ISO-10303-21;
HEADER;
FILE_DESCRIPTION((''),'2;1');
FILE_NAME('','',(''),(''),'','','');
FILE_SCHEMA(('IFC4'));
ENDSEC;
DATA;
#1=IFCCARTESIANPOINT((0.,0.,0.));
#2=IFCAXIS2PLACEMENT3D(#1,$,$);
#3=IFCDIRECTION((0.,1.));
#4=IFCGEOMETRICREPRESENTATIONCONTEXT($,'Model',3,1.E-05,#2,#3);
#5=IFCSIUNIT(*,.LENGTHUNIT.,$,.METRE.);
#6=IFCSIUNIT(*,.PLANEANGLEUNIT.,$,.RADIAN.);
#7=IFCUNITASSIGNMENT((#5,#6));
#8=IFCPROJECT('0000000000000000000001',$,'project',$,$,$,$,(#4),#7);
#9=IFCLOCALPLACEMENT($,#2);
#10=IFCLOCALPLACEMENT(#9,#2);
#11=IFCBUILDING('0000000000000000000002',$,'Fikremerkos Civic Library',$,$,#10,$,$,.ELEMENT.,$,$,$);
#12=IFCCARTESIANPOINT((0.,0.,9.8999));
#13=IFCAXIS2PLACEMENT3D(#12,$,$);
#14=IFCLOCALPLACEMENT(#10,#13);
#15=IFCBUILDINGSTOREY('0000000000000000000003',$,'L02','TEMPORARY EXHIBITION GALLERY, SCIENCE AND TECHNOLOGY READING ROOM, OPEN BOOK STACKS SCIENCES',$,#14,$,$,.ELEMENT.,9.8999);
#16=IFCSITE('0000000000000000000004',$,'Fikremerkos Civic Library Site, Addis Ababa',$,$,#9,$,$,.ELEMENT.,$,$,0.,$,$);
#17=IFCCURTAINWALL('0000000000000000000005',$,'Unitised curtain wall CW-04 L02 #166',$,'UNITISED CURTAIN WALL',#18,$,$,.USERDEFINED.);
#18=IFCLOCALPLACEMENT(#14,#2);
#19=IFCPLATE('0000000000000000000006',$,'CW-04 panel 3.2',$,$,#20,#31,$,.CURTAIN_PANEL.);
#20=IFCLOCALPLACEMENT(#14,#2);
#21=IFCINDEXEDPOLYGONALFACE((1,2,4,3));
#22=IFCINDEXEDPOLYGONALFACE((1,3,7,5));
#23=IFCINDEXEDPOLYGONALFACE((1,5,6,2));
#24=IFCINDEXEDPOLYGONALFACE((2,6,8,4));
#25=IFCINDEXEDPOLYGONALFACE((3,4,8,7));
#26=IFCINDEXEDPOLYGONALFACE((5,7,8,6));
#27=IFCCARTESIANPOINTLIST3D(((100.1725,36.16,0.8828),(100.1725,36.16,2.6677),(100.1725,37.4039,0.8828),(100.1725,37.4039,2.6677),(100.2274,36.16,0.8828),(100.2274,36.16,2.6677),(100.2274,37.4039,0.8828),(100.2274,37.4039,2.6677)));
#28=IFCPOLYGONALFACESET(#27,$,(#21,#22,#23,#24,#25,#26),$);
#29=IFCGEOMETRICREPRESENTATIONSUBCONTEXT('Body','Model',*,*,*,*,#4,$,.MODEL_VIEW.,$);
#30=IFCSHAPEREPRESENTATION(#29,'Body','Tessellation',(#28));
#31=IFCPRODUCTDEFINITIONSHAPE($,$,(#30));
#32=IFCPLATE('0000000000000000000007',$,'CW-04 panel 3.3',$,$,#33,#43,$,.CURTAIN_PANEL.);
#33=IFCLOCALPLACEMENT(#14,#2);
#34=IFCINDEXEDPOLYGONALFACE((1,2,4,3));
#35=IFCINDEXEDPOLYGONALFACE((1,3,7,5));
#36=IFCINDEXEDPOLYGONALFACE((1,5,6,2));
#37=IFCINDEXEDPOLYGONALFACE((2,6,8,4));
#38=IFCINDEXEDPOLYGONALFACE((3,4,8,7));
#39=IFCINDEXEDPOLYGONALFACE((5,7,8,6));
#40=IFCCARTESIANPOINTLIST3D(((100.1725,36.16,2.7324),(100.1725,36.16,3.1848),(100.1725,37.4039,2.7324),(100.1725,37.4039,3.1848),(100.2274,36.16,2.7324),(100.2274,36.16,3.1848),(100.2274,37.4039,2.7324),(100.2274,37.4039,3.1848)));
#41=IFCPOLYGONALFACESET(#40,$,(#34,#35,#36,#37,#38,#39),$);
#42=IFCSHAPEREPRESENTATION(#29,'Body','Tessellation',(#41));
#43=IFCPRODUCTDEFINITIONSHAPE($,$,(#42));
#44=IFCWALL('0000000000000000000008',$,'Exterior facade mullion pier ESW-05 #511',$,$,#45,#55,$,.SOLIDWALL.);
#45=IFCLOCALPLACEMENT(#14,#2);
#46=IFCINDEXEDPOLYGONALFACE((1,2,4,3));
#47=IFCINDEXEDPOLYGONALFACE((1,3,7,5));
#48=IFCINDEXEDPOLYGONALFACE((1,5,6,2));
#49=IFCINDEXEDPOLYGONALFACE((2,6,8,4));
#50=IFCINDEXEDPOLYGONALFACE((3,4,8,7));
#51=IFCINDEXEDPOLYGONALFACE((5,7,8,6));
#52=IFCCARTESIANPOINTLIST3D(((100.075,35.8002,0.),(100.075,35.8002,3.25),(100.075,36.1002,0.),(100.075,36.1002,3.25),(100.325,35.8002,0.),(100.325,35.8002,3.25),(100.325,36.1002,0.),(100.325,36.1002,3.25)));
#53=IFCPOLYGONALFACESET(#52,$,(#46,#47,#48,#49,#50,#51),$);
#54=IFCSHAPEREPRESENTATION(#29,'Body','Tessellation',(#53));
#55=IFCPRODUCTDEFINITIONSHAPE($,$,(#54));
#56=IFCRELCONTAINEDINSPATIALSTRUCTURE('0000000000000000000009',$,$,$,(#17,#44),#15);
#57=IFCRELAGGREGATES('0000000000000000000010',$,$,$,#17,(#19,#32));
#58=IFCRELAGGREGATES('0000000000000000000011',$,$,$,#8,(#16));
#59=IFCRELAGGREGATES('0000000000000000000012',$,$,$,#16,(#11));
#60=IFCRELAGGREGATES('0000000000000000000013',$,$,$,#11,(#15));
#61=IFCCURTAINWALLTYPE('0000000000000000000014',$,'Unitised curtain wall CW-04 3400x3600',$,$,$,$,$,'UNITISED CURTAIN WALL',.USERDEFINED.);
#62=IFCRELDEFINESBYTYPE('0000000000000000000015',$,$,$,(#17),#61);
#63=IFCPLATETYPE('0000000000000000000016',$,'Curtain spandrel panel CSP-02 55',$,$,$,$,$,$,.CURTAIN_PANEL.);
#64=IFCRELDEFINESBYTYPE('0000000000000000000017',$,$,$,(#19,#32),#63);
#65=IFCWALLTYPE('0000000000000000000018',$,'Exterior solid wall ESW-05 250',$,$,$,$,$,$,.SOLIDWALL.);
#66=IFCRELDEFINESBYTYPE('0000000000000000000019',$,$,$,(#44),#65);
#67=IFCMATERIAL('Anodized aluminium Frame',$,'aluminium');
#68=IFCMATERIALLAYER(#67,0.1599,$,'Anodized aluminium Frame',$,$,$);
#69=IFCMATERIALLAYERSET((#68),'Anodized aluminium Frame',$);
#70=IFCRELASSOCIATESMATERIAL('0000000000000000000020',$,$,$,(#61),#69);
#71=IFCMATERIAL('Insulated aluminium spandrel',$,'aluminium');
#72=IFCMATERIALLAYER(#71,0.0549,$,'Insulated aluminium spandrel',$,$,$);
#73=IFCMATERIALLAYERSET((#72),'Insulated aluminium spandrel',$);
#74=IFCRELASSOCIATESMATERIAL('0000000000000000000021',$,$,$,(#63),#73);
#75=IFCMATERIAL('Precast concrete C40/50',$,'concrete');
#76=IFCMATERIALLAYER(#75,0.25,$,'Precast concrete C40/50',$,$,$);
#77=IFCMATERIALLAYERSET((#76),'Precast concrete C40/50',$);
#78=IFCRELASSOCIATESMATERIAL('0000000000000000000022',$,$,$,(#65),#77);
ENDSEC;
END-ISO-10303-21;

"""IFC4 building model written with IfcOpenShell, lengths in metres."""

from ifc_helpers import new_model, si_unit, direction, frame, frame_2d, origin, origin_2d, place, context, subcontext, project, spatial, rectangle, extrude, material, layer, layer_set, type_object, element, aggregate, save


model = new_model("IFC4")

# Units and contexts
model_context = context("Model", 3, precision=1e-05, world=origin(), true_north=direction((0.0, 1.0)))
body_context = subcontext(model_context, "Body", "Model", "MODEL_VIEW")
ifc_project = project(units=[si_unit("LENGTHUNIT", "METRE"), si_unit("PLANEANGLEUNIT", "RADIAN")], contexts=[model_context])

# Site, building, storey
site_placement = place(None, origin())
site = spatial("IfcSite", under=ifc_project, at=site_placement, Name="Fikremerkos Civic Library Site, Addis Ababa", CompositionType="ELEMENT", RefElevation=0.0)
building_placement = place(site_placement, origin())
building = spatial("IfcBuilding", under=site, at=building_placement, Name="Fikremerkos Civic Library", CompositionType="ELEMENT")
storey_placement = place(building_placement, frame((0.0, 0.0, 9.8999)))
storey = spatial("IfcBuildingStorey", under=building, at=storey_placement, Name="L02", Description="TEMPORARY EXHIBITION GALLERY, SCIENCE AND TECHNOLOGY READING ROOM, OPEN BOOK STACKS SCIENCES", CompositionType="ELEMENT", Elevation=9.8999)

# Shared definitions
ifc_material_1 = material(Name="Anodized aluminium Frame", Category="aluminium")

# Curtain wall
ifc_layer_1 = layer(ifc_material_1, 0.1599, Name="Anodized aluminium Frame")
ifc_layer_set_1 = layer_set([ifc_layer_1], Name="Anodized aluminium Frame")
curtain_wall_type_1 = type_object("IfcCurtainWallType", Name="Unitised curtain wall CW-04 3400x3600", ElementType="UNITISED CURTAIN WALL", PredefinedType="USERDEFINED", material=ifc_layer_set_1)
curtain_wall_1_placement = place(storey_placement, origin())
curtain_wall_1 = element("IfcCurtainWall", 1, at=curtain_wall_1_placement, inside=storey, type_object=curtain_wall_type_1, Name="Unitised curtain wall CW-04 L02 #166", ObjectType="UNITISED CURTAIN WALL", PredefinedType="USERDEFINED")

# Plates
ifc_material_2 = material(Name="Insulated aluminium spandrel", Category="aluminium")
ifc_layer_2 = layer(ifc_material_2, 0.0549, Name="Insulated aluminium spandrel")
ifc_layer_set_2 = layer_set([ifc_layer_2], Name="Insulated aluminium spandrel")
plate_type_1 = type_object("IfcPlateType", Name="Curtain spandrel panel CSP-02 55", PredefinedType="CURTAIN_PANEL", material=ifc_layer_set_2)
plate_1_placement = place(storey_placement, frame((100.2, 36.782, 0.8828), z_axis=(0.0, 0.0, 1.0), x_axis=(0.0, -1.0, 0.0)))
plate_1 = element("IfcPlate", 2, at=plate_1_placement, type_object=plate_type_1, Name="CW-04 panel 3.2", PredefinedType="CURTAIN_PANEL", context=body_context, shape_type="SweptSolid", body=[
    extrude(rectangle(XDim=1.2439, YDim=0.0549, at=origin_2d()), origin(), (0.0, 0.0, 1.0), 1.7849),
])
plate_2_placement = place(storey_placement, frame((100.2, 36.782, 2.7324), z_axis=(0.0, 0.0, 1.0), x_axis=(0.0, -1.0, 0.0)))
plate_2 = element("IfcPlate", 3, at=plate_2_placement, type_object=plate_type_1, Name="CW-04 panel 3.3", PredefinedType="CURTAIN_PANEL", context=body_context, shape_type="SweptSolid", body=[
    extrude(rectangle(XDim=1.2439, YDim=0.0549, at=origin_2d()), origin(), (0.0, 0.0, 1.0), 0.4524),
])
aggregate(curtain_wall_1, [plate_1, plate_2])

# Wall
ifc_material_3 = material(Name="Precast concrete C40/50", Category="concrete")
ifc_layer_3 = layer(ifc_material_3, 0.25, Name="Precast concrete C40/50")
ifc_layer_set_3 = layer_set([ifc_layer_3], Name="Precast concrete C40/50")
wall_type = type_object("IfcWallType", Name="Exterior solid wall ESW-05 250", PredefinedType="SOLIDWALL", material=ifc_layer_set_3)
wall_placement = place(storey_placement, frame((100.2, 36.1001, 0.0), z_axis=(0.0, 0.0, 1.0), x_axis=(0.0, -1.0, 0.0)))
element("IfcWall", 4, at=wall_placement, inside=storey, type_object=wall_type, Name="Exterior facade mullion pier ESW-05 #511", PredefinedType="SOLIDWALL", context=body_context, shape_type="SweptSolid", body=[
    extrude(rectangle(XDim=0.3, YDim=0.25, at=frame_2d((0.1499, 0.0))), origin(), (0.0, 0.0, 1.0), 3.25),
])

save(model, "model.ifc")
